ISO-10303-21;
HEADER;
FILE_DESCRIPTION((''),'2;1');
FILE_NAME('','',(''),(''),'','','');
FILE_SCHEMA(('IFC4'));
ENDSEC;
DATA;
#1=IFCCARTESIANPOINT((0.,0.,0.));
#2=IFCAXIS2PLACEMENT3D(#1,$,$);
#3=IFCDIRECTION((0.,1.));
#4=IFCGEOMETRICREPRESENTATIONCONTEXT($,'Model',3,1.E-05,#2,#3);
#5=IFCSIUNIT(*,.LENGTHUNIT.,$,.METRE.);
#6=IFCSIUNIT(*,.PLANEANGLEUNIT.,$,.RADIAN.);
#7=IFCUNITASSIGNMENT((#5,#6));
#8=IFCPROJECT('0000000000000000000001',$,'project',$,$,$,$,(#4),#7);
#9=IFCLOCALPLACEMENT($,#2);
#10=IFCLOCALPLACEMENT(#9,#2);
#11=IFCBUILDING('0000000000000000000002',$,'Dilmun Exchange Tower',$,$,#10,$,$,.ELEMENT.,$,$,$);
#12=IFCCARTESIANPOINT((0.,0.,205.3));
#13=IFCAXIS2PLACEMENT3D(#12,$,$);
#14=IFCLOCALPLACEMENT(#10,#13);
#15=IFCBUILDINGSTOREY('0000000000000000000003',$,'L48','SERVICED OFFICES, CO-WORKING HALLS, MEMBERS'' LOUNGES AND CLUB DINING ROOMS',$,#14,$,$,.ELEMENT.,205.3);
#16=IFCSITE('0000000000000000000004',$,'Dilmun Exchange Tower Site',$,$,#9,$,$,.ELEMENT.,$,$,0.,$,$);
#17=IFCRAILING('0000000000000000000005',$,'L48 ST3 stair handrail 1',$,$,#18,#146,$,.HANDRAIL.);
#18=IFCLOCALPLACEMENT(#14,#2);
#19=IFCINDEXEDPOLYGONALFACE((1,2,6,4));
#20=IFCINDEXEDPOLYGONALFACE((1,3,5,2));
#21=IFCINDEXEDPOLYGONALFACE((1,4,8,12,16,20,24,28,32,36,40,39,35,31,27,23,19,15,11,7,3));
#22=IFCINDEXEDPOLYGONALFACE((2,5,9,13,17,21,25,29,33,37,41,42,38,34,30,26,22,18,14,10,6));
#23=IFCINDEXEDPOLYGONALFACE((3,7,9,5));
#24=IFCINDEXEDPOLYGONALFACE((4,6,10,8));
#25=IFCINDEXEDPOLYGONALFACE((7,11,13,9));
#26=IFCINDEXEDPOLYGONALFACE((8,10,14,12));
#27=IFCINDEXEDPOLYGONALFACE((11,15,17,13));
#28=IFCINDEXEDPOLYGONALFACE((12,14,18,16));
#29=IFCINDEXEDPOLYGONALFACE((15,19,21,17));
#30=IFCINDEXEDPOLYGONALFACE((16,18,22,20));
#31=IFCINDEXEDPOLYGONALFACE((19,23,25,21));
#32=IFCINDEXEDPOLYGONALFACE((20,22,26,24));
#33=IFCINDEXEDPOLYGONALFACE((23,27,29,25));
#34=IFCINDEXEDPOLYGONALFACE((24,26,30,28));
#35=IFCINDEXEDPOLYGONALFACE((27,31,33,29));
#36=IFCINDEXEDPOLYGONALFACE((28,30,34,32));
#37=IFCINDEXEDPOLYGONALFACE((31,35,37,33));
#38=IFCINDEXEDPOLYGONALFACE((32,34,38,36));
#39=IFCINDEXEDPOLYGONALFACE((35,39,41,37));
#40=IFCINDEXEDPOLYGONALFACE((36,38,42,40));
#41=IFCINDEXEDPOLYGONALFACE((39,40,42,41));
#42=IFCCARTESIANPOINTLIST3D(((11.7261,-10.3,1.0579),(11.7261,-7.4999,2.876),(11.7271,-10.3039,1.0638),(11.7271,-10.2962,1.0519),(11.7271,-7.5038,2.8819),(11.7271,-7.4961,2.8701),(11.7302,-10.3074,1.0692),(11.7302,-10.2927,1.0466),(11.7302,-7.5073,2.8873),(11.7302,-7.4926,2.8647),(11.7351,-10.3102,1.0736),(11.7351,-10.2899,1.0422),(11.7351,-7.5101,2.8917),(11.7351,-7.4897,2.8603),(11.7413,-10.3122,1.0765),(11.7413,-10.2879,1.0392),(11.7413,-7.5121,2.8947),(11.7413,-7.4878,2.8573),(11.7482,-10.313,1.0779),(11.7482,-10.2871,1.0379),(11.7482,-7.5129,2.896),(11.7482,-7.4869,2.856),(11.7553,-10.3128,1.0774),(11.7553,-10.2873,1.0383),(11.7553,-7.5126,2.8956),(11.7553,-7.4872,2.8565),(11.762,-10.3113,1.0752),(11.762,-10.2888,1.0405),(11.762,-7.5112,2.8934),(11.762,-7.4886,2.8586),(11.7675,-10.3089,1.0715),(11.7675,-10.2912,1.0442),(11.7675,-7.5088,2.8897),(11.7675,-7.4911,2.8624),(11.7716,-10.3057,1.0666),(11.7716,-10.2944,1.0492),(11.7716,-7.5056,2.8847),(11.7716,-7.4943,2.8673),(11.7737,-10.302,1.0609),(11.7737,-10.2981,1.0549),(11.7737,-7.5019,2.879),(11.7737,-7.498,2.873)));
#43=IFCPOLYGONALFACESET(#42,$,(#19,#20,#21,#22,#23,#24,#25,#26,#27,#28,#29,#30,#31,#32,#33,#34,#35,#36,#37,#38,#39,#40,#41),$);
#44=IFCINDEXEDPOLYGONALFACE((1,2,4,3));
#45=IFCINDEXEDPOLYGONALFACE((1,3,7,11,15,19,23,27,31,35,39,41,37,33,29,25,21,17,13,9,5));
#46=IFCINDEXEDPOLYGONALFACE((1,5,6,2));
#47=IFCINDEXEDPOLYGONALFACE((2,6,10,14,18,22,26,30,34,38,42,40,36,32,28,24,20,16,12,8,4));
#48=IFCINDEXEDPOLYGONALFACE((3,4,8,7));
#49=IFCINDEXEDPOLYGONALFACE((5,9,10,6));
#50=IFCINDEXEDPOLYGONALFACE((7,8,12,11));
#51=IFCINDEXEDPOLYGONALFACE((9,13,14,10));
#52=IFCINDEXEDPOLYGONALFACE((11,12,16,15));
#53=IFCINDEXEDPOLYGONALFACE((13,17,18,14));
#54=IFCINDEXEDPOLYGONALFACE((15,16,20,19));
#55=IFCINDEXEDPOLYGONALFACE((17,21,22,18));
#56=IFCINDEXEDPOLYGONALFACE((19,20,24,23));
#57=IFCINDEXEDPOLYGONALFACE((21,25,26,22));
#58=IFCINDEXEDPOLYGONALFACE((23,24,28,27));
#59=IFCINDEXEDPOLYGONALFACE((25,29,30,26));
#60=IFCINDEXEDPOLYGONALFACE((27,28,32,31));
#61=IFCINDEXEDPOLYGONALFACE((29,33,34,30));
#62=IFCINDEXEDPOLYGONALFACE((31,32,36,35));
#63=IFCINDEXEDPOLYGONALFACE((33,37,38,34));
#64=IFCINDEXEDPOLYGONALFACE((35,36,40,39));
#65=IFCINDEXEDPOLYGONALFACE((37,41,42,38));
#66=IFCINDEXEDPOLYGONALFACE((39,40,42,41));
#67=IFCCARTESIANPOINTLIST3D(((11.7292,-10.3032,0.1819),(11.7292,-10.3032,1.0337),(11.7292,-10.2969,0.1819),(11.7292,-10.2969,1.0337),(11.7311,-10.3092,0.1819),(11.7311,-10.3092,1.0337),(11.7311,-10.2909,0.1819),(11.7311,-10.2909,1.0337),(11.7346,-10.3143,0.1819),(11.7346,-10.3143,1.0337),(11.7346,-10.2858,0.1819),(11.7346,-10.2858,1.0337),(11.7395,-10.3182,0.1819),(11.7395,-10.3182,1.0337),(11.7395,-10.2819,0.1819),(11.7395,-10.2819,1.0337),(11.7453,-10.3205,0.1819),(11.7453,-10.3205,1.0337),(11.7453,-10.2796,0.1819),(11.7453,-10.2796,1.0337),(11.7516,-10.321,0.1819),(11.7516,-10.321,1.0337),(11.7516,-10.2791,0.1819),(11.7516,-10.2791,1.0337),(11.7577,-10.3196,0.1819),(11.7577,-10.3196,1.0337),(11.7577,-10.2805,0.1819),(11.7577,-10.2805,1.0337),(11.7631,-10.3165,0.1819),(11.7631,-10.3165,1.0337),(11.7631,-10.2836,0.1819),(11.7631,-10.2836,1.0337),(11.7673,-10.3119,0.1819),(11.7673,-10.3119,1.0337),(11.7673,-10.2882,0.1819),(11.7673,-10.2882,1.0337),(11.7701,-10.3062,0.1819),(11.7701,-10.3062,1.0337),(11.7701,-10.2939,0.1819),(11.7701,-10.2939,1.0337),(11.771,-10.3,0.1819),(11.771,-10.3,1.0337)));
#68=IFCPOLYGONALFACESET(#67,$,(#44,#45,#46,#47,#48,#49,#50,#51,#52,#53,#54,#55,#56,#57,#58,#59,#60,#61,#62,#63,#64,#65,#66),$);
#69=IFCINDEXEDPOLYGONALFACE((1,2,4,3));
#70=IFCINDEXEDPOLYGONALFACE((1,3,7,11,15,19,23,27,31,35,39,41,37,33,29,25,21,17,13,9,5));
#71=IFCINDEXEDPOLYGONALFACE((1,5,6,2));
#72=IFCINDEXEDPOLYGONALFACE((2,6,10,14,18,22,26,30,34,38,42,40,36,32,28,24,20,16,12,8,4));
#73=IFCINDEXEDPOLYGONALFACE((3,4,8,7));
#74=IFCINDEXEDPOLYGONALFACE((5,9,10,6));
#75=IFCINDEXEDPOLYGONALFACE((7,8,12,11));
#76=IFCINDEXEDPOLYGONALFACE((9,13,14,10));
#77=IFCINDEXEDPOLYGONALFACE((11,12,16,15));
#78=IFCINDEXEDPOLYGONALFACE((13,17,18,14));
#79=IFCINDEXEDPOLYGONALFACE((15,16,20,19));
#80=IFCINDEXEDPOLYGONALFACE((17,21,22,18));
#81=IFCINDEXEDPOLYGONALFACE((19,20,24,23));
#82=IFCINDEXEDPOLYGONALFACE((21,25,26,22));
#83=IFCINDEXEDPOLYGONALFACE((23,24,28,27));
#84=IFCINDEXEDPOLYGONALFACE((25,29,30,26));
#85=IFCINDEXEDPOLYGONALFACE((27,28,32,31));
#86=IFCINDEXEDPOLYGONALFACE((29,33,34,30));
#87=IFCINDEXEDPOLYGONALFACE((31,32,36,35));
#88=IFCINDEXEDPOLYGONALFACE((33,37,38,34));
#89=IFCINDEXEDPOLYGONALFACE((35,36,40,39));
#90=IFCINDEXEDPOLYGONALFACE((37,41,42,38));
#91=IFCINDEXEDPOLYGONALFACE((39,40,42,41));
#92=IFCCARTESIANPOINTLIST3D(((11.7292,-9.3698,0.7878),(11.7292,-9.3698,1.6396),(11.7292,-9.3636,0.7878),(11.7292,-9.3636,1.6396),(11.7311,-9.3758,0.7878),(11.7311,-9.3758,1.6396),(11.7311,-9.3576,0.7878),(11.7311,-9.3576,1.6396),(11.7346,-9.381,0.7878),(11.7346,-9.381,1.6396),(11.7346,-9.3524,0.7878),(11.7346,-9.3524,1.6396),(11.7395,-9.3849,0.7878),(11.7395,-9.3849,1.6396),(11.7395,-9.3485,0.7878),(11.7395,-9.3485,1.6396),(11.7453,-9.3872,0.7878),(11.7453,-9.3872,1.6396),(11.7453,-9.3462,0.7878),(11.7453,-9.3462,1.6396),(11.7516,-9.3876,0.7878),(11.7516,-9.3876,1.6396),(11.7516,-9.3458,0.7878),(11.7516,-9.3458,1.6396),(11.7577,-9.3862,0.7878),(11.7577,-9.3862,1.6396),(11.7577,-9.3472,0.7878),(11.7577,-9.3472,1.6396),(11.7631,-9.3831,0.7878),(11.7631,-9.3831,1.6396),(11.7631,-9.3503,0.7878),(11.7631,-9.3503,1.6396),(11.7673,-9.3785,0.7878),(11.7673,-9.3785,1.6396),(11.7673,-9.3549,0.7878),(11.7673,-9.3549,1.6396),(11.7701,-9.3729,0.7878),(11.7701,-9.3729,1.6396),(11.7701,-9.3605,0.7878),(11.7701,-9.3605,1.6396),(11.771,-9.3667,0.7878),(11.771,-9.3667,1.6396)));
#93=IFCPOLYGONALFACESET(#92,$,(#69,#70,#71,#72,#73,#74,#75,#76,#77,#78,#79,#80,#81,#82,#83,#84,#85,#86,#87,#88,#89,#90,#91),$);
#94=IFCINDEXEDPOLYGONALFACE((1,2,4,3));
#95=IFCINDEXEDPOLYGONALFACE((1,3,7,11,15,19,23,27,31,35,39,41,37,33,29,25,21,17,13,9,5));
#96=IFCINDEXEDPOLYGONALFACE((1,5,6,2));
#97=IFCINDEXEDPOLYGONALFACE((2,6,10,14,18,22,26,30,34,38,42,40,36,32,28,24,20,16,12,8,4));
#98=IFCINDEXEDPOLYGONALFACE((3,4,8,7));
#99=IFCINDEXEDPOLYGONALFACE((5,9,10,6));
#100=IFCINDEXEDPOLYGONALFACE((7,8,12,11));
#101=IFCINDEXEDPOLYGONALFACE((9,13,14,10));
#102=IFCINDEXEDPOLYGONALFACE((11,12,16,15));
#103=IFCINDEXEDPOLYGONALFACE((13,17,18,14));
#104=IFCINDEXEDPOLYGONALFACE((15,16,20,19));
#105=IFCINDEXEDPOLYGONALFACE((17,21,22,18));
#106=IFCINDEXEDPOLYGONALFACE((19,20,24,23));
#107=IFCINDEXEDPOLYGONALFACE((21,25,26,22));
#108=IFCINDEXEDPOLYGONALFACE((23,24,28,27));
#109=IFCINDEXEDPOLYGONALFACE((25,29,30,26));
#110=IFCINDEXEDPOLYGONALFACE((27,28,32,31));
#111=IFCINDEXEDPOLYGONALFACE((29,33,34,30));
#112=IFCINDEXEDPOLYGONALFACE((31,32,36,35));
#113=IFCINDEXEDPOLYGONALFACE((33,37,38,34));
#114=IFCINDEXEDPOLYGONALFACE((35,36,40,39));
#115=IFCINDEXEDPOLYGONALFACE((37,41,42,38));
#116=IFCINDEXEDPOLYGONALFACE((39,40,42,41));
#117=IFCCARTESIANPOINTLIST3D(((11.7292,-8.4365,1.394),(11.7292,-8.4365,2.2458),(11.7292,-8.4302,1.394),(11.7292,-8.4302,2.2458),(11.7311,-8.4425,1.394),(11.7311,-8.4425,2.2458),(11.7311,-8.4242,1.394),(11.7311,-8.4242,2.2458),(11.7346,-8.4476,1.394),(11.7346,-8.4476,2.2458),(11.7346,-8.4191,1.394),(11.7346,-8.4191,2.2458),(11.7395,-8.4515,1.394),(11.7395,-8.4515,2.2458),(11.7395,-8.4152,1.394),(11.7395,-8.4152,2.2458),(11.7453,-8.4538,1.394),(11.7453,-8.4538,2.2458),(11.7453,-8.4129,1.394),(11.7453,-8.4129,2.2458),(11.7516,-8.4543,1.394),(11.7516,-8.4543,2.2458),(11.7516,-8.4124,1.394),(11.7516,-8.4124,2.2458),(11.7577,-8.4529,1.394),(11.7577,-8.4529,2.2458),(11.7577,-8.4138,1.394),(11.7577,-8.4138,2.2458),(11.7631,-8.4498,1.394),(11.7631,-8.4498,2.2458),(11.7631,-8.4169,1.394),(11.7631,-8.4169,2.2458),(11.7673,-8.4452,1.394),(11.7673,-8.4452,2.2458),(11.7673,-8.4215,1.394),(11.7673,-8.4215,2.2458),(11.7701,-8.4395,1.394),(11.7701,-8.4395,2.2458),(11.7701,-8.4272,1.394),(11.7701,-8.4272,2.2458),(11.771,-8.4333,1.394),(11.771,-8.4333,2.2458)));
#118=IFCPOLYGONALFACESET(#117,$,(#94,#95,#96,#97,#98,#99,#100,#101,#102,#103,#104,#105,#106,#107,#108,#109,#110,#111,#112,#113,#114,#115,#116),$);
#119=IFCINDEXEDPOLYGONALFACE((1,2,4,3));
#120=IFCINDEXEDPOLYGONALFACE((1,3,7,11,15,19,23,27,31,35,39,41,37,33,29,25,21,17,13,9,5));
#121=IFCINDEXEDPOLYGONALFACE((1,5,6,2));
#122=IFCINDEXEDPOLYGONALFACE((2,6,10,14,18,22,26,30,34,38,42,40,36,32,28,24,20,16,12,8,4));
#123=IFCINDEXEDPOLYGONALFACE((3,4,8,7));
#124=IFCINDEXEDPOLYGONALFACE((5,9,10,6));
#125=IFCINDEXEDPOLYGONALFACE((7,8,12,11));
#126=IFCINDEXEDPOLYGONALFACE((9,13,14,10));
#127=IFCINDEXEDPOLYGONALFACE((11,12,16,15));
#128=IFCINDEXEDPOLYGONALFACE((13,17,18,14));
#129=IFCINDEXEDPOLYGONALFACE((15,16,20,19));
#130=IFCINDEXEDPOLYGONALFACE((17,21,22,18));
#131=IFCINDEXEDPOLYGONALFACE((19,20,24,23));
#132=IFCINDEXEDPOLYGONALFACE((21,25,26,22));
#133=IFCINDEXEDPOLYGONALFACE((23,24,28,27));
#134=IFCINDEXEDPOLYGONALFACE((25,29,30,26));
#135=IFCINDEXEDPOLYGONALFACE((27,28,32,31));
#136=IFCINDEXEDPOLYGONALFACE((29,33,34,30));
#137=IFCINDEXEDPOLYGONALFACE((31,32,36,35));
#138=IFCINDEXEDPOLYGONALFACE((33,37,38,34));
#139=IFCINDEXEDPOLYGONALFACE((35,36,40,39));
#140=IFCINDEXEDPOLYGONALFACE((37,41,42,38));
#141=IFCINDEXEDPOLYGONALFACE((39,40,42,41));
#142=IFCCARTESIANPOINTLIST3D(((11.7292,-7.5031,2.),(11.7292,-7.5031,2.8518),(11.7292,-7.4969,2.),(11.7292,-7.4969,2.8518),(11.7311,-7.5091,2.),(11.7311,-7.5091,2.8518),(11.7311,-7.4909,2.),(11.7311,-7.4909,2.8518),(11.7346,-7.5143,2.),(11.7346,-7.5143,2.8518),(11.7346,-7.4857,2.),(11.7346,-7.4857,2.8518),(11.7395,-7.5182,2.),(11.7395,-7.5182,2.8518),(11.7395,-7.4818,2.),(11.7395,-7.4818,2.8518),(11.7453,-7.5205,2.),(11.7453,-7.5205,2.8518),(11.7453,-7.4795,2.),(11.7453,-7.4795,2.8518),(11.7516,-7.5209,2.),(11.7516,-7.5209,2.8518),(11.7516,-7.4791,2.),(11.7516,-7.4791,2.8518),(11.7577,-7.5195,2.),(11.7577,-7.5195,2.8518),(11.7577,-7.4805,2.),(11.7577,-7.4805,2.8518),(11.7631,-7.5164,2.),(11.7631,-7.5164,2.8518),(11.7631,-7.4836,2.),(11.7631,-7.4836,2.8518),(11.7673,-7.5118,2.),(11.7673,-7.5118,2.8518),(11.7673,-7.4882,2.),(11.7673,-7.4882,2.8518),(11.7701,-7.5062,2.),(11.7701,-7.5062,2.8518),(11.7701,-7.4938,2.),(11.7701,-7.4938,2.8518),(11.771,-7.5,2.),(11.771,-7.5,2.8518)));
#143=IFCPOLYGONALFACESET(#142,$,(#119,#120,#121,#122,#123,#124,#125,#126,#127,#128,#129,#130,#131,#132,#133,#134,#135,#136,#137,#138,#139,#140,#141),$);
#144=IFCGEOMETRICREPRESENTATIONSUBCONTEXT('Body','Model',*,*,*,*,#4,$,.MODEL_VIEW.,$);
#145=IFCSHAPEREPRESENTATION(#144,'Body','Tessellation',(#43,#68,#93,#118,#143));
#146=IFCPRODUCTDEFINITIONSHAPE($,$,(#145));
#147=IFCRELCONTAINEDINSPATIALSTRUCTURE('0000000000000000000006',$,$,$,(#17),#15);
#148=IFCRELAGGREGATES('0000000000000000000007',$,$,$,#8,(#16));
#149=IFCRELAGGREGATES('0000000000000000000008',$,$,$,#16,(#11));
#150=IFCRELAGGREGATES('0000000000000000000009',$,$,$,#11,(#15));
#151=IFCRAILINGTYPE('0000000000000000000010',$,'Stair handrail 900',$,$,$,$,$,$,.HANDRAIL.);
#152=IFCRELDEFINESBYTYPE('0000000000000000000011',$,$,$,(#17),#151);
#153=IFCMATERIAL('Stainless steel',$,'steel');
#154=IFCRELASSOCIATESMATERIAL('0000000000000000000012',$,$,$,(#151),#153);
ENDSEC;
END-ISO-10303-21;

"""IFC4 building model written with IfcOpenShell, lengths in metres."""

from ifc_helpers import new_model, si_unit, direction, frame, origin, origin_2d, place, context, subcontext, project, spatial, circle, extrude, material, type_object, element, save


model = new_model("IFC4")

# Units and contexts
model_context = context("Model", 3, precision=1e-05, world=origin(), true_north=direction((0.0, 1.0)))
body_context = subcontext(model_context, "Body", "Model", "MODEL_VIEW")
ifc_project = project(units=[si_unit("LENGTHUNIT", "METRE"), si_unit("PLANEANGLEUNIT", "RADIAN")], contexts=[model_context])

# Site, building, storey
site_placement = place(None, origin())
site = spatial("IfcSite", under=ifc_project, at=site_placement, Name="Dilmun Exchange Tower Site", CompositionType="ELEMENT", RefElevation=0.0)
building_placement = place(site_placement, origin())
building = spatial("IfcBuilding", under=site, at=building_placement, Name="Dilmun Exchange Tower", CompositionType="ELEMENT")
storey_placement = place(building_placement, frame((0.0, 0.0, 205.3)))
storey = spatial("IfcBuildingStorey", under=building, at=storey_placement, Name="L48", Description="SERVICED OFFICES, CO-WORKING HALLS, MEMBERS' LOUNGES AND CLUB DINING ROOMS", CompositionType="ELEMENT", Elevation=205.3)

# Railing
ifc_material_1 = material(Name="Stainless steel", Category="steel")
railing_type = type_object("IfcRailingType", Name="Stair handrail 900", PredefinedType="HANDRAIL", material=ifc_material_1)
railing_1_placement = place(storey_placement, frame((11.75, -10.3, 0.1819)))
element("IfcRailing", 1, at=railing_1_placement, inside=storey, type_object=railing_type, Name="L48 ST3 stair handrail 1", PredefinedType="HANDRAIL", context=body_context, shape_type="SweptSolid", body=[
    extrude(circle(Radius=0.0239, at=origin_2d()), frame((0.0, 0.0, 0.876), z_axis=(0.0, 0.838706, 0.544585), x_axis=(-1.0, 0.0, 0.0)), (0.0, 0.0, 1.0), 3.3386),
    extrude(circle(Radius=0.021, at=origin_2d()), origin(), (0.0, 0.0, 1.0), 0.8518),
    extrude(circle(Radius=0.021, at=origin_2d()), frame((0.0, 0.9333, 0.606)), (0.0, 0.0, 1.0), 0.8518),
    extrude(circle(Radius=0.021, at=origin_2d()), frame((0.0, 1.8667, 1.2122)), (0.0, 0.0, 1.0), 0.8518),
    extrude(circle(Radius=0.021, at=origin_2d()), frame((0.0, 2.8, 1.8181)), (0.0, 0.0, 1.0), 0.8518),
])

save(model, "model.ifc")
